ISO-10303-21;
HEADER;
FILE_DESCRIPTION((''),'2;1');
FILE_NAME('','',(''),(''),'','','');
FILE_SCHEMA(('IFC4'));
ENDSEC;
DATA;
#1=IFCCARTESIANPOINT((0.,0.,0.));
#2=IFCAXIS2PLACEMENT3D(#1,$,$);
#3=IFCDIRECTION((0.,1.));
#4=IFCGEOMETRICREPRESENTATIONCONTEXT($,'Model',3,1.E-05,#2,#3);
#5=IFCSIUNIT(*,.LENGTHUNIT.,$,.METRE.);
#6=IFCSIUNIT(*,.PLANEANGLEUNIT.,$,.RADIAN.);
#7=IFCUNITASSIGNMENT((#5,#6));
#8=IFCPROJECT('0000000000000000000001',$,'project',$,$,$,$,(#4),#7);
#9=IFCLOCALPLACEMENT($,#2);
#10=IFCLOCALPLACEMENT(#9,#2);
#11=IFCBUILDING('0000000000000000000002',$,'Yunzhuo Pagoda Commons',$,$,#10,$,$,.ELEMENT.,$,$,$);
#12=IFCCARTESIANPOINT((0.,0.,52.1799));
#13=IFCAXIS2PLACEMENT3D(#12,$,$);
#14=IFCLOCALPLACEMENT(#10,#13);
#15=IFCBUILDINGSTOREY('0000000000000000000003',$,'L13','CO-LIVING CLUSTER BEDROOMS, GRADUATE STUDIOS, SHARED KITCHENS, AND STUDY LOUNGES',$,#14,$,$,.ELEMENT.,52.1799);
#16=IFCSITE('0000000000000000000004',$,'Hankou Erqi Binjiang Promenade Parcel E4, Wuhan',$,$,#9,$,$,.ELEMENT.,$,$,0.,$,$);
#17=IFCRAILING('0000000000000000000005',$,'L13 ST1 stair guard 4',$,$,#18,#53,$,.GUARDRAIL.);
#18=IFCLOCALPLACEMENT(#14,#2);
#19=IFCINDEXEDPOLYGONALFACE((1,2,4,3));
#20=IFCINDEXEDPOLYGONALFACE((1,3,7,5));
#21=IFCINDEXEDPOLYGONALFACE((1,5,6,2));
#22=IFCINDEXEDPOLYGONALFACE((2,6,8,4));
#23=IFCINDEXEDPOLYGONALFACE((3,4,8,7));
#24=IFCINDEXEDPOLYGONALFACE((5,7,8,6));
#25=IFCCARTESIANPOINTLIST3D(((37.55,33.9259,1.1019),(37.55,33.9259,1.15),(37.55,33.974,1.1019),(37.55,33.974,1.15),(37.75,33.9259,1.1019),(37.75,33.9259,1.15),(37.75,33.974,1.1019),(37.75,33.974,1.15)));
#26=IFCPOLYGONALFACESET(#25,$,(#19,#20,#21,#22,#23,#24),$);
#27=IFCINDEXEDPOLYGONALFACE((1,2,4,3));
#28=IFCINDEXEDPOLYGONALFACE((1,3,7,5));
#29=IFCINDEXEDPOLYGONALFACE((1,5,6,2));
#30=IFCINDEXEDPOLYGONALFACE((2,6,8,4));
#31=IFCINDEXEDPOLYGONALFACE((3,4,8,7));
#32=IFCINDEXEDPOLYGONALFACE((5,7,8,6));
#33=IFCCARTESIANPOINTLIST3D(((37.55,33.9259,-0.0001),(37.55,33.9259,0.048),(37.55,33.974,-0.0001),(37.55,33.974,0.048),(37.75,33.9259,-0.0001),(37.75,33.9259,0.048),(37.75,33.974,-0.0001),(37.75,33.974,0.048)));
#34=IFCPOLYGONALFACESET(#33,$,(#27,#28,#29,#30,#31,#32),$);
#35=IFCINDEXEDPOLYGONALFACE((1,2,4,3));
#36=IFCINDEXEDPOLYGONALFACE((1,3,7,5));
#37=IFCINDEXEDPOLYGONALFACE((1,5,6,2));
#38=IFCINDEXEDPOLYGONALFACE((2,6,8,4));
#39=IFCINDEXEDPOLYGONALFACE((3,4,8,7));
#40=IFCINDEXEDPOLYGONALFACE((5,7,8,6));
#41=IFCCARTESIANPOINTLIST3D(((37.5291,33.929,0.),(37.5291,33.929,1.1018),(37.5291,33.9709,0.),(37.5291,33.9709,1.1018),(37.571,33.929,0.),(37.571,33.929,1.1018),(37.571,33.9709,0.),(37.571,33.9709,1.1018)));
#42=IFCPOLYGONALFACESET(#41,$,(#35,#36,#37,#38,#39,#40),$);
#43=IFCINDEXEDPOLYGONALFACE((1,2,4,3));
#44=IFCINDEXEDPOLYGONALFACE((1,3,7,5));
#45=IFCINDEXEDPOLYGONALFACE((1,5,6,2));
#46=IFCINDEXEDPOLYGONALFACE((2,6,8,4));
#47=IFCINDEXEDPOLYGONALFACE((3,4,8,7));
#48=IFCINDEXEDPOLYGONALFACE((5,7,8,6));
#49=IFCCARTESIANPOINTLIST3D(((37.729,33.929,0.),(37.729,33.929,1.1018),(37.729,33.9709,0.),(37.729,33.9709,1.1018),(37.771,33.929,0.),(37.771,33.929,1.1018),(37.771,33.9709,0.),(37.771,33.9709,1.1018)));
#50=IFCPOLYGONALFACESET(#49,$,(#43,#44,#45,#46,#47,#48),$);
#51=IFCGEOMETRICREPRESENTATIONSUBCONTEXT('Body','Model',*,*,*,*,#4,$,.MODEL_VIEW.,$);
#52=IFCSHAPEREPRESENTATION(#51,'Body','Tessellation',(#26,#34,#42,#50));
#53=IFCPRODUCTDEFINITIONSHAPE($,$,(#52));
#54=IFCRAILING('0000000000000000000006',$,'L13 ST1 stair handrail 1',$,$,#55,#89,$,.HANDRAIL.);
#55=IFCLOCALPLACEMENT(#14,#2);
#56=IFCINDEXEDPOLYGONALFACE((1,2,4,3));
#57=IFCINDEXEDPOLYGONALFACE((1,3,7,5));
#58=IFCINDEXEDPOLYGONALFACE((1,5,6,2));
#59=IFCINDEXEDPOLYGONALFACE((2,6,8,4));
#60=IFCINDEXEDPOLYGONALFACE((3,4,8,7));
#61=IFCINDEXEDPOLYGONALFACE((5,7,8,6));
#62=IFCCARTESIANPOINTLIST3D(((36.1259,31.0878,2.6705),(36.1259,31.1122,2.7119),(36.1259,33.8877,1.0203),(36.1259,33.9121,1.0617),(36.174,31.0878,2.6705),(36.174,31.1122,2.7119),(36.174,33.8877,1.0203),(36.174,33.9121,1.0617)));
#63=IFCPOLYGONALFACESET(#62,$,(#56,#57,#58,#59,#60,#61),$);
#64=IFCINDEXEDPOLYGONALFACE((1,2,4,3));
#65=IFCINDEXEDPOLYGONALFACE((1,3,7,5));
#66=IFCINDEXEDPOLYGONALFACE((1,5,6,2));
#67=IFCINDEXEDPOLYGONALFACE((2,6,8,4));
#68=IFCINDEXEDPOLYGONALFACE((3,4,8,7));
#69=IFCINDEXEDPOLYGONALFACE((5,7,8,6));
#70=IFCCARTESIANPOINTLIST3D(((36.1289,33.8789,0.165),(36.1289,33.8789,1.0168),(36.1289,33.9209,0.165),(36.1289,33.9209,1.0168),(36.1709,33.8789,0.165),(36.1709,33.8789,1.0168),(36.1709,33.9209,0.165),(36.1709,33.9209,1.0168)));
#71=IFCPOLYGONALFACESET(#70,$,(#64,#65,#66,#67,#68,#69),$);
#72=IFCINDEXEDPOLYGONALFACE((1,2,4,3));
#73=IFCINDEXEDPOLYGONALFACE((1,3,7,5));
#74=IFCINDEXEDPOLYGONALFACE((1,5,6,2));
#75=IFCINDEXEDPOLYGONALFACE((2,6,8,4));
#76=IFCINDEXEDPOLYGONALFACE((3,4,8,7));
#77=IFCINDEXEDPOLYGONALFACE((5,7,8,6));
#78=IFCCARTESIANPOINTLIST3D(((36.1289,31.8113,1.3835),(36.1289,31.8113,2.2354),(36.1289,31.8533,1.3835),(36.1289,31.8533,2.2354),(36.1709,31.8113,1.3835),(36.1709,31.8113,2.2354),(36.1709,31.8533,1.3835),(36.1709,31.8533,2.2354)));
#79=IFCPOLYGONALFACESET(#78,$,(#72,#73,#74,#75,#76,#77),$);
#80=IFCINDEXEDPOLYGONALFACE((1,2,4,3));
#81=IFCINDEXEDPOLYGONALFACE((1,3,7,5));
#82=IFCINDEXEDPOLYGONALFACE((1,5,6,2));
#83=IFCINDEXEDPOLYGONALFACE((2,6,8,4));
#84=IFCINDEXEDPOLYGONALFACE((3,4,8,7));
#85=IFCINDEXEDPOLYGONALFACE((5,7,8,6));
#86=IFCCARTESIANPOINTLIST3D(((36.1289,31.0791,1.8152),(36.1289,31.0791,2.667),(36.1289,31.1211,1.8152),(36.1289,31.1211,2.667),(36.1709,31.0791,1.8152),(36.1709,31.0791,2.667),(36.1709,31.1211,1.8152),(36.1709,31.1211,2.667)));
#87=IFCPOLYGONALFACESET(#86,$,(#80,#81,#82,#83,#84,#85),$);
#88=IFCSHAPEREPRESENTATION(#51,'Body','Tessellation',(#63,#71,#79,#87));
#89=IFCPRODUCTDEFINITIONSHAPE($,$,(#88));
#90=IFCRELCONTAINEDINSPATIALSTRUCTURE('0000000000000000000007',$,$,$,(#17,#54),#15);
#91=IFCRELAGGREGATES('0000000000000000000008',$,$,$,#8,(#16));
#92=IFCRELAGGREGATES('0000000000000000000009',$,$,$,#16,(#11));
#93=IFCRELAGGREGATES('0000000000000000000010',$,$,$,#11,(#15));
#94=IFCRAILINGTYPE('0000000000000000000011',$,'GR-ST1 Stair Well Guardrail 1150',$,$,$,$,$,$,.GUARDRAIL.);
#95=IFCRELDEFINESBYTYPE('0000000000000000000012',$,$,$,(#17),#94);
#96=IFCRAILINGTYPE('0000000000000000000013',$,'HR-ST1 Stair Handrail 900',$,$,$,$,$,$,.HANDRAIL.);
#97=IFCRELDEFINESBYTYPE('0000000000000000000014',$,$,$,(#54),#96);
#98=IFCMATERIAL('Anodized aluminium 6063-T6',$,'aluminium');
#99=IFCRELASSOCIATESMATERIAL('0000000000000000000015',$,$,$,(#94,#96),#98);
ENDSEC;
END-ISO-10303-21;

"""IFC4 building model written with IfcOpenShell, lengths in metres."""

from ifc_helpers import new_model, si_unit, direction, frame, origin, origin_2d, place, context, subcontext, project, spatial, rectangle, extrude, material, type_object, element, save


model = new_model("IFC4")

# Units and contexts
model_context = context("Model", 3, precision=1e-05, world=origin(), true_north=direction((0.0, 1.0)))
body_context = subcontext(model_context, "Body", "Model", "MODEL_VIEW")
ifc_project = project(units=[si_unit("LENGTHUNIT", "METRE"), si_unit("PLANEANGLEUNIT", "RADIAN")], contexts=[model_context])

# Site, building, storey
site_placement = place(None, origin())
site = spatial("IfcSite", under=ifc_project, at=site_placement, Name="Hankou Erqi Binjiang Promenade Parcel E4, Wuhan", CompositionType="ELEMENT", RefElevation=0.0)
building_placement = place(site_placement, origin())
building = spatial("IfcBuilding", under=site, at=building_placement, Name="Yunzhuo Pagoda Commons", CompositionType="ELEMENT")
storey_placement = place(building_placement, frame((0.0, 0.0, 52.1799)))
storey = spatial("IfcBuildingStorey", under=building, at=storey_placement, Name="L13", Description="CO-LIVING CLUSTER BEDROOMS, GRADUATE STUDIOS, SHARED KITCHENS, AND STUDY LOUNGES", CompositionType="ELEMENT", Elevation=52.1799)

# Railings
ifc_material_1 = material(Name="Anodized aluminium 6063-T6", Category="aluminium")
railing_type_1 = type_object("IfcRailingType", Name="GR-ST1 Stair Well Guardrail 1150", PredefinedType="GUARDRAIL", material=ifc_material_1)
railing_1_placement = place(storey_placement, frame((37.55, 33.95, 0.0)))
element("IfcRailing", 1, at=railing_1_placement, inside=storey, type_object=railing_type_1, Name="L13 ST1 stair guard 4", PredefinedType="GUARDRAIL", context=body_context, shape_type="SweptSolid", body=[
    extrude(rectangle(XDim=0.0481, YDim=0.0481, at=origin_2d()), frame((0.0, 0.0, 1.126), z_axis=(1.0, 0.0, 0.0), x_axis=(0.0, 1.0, 0.0)), (0.0, 0.0, 1.0), 0.2),
    extrude(rectangle(XDim=0.0481, YDim=0.0481, at=origin_2d()), frame((0.0, 0.0, 0.0239), z_axis=(1.0, 0.0, 0.0), x_axis=(0.0, 1.0, 0.0)), (0.0, 0.0, 1.0), 0.2),
    extrude(rectangle(XDim=0.042, YDim=0.042, at=origin_2d()), origin(), (0.0, 0.0, 1.0), 1.1018),
    extrude(rectangle(XDim=0.042, YDim=0.042, at=origin_2d()), frame((0.2, 0.0, 0.0)), (0.0, 0.0, 1.0), 1.1018),
])
railing_type_2 = type_object("IfcRailingType", Name="HR-ST1 Stair Handrail 900", PredefinedType="HANDRAIL", material=ifc_material_1)
railing_2_placement = place(storey_placement, frame((36.1499, 33.8999, 0.165)))
element("IfcRailing", 2, at=railing_2_placement, inside=storey, type_object=railing_type_2, Name="L13 ST1 stair handrail 1", PredefinedType="HANDRAIL", context=body_context, shape_type="SweptSolid", body=[
    extrude(rectangle(XDim=0.0481, YDim=0.0481, at=origin_2d()), frame((0.0, 0.0, 0.876), z_axis=(0.0, -0.861503, 0.507752), x_axis=(1.0, 0.0, 0.0)), (0.0, 0.0, 1.0), 3.25),
    extrude(rectangle(XDim=0.042, YDim=0.042, at=origin_2d()), origin(), (0.0, 0.0, 1.0), 0.8518),
    extrude(rectangle(XDim=0.042, YDim=0.042, at=origin_2d()), frame((0.0, -2.0676, 1.2185)), (0.0, 0.0, 1.0), 0.8518),
    extrude(rectangle(XDim=0.042, YDim=0.042, at=origin_2d()), frame((0.0, -2.7998, 1.6501)), (0.0, 0.0, 1.0), 0.8518),
])

save(model, "model.ifc")
